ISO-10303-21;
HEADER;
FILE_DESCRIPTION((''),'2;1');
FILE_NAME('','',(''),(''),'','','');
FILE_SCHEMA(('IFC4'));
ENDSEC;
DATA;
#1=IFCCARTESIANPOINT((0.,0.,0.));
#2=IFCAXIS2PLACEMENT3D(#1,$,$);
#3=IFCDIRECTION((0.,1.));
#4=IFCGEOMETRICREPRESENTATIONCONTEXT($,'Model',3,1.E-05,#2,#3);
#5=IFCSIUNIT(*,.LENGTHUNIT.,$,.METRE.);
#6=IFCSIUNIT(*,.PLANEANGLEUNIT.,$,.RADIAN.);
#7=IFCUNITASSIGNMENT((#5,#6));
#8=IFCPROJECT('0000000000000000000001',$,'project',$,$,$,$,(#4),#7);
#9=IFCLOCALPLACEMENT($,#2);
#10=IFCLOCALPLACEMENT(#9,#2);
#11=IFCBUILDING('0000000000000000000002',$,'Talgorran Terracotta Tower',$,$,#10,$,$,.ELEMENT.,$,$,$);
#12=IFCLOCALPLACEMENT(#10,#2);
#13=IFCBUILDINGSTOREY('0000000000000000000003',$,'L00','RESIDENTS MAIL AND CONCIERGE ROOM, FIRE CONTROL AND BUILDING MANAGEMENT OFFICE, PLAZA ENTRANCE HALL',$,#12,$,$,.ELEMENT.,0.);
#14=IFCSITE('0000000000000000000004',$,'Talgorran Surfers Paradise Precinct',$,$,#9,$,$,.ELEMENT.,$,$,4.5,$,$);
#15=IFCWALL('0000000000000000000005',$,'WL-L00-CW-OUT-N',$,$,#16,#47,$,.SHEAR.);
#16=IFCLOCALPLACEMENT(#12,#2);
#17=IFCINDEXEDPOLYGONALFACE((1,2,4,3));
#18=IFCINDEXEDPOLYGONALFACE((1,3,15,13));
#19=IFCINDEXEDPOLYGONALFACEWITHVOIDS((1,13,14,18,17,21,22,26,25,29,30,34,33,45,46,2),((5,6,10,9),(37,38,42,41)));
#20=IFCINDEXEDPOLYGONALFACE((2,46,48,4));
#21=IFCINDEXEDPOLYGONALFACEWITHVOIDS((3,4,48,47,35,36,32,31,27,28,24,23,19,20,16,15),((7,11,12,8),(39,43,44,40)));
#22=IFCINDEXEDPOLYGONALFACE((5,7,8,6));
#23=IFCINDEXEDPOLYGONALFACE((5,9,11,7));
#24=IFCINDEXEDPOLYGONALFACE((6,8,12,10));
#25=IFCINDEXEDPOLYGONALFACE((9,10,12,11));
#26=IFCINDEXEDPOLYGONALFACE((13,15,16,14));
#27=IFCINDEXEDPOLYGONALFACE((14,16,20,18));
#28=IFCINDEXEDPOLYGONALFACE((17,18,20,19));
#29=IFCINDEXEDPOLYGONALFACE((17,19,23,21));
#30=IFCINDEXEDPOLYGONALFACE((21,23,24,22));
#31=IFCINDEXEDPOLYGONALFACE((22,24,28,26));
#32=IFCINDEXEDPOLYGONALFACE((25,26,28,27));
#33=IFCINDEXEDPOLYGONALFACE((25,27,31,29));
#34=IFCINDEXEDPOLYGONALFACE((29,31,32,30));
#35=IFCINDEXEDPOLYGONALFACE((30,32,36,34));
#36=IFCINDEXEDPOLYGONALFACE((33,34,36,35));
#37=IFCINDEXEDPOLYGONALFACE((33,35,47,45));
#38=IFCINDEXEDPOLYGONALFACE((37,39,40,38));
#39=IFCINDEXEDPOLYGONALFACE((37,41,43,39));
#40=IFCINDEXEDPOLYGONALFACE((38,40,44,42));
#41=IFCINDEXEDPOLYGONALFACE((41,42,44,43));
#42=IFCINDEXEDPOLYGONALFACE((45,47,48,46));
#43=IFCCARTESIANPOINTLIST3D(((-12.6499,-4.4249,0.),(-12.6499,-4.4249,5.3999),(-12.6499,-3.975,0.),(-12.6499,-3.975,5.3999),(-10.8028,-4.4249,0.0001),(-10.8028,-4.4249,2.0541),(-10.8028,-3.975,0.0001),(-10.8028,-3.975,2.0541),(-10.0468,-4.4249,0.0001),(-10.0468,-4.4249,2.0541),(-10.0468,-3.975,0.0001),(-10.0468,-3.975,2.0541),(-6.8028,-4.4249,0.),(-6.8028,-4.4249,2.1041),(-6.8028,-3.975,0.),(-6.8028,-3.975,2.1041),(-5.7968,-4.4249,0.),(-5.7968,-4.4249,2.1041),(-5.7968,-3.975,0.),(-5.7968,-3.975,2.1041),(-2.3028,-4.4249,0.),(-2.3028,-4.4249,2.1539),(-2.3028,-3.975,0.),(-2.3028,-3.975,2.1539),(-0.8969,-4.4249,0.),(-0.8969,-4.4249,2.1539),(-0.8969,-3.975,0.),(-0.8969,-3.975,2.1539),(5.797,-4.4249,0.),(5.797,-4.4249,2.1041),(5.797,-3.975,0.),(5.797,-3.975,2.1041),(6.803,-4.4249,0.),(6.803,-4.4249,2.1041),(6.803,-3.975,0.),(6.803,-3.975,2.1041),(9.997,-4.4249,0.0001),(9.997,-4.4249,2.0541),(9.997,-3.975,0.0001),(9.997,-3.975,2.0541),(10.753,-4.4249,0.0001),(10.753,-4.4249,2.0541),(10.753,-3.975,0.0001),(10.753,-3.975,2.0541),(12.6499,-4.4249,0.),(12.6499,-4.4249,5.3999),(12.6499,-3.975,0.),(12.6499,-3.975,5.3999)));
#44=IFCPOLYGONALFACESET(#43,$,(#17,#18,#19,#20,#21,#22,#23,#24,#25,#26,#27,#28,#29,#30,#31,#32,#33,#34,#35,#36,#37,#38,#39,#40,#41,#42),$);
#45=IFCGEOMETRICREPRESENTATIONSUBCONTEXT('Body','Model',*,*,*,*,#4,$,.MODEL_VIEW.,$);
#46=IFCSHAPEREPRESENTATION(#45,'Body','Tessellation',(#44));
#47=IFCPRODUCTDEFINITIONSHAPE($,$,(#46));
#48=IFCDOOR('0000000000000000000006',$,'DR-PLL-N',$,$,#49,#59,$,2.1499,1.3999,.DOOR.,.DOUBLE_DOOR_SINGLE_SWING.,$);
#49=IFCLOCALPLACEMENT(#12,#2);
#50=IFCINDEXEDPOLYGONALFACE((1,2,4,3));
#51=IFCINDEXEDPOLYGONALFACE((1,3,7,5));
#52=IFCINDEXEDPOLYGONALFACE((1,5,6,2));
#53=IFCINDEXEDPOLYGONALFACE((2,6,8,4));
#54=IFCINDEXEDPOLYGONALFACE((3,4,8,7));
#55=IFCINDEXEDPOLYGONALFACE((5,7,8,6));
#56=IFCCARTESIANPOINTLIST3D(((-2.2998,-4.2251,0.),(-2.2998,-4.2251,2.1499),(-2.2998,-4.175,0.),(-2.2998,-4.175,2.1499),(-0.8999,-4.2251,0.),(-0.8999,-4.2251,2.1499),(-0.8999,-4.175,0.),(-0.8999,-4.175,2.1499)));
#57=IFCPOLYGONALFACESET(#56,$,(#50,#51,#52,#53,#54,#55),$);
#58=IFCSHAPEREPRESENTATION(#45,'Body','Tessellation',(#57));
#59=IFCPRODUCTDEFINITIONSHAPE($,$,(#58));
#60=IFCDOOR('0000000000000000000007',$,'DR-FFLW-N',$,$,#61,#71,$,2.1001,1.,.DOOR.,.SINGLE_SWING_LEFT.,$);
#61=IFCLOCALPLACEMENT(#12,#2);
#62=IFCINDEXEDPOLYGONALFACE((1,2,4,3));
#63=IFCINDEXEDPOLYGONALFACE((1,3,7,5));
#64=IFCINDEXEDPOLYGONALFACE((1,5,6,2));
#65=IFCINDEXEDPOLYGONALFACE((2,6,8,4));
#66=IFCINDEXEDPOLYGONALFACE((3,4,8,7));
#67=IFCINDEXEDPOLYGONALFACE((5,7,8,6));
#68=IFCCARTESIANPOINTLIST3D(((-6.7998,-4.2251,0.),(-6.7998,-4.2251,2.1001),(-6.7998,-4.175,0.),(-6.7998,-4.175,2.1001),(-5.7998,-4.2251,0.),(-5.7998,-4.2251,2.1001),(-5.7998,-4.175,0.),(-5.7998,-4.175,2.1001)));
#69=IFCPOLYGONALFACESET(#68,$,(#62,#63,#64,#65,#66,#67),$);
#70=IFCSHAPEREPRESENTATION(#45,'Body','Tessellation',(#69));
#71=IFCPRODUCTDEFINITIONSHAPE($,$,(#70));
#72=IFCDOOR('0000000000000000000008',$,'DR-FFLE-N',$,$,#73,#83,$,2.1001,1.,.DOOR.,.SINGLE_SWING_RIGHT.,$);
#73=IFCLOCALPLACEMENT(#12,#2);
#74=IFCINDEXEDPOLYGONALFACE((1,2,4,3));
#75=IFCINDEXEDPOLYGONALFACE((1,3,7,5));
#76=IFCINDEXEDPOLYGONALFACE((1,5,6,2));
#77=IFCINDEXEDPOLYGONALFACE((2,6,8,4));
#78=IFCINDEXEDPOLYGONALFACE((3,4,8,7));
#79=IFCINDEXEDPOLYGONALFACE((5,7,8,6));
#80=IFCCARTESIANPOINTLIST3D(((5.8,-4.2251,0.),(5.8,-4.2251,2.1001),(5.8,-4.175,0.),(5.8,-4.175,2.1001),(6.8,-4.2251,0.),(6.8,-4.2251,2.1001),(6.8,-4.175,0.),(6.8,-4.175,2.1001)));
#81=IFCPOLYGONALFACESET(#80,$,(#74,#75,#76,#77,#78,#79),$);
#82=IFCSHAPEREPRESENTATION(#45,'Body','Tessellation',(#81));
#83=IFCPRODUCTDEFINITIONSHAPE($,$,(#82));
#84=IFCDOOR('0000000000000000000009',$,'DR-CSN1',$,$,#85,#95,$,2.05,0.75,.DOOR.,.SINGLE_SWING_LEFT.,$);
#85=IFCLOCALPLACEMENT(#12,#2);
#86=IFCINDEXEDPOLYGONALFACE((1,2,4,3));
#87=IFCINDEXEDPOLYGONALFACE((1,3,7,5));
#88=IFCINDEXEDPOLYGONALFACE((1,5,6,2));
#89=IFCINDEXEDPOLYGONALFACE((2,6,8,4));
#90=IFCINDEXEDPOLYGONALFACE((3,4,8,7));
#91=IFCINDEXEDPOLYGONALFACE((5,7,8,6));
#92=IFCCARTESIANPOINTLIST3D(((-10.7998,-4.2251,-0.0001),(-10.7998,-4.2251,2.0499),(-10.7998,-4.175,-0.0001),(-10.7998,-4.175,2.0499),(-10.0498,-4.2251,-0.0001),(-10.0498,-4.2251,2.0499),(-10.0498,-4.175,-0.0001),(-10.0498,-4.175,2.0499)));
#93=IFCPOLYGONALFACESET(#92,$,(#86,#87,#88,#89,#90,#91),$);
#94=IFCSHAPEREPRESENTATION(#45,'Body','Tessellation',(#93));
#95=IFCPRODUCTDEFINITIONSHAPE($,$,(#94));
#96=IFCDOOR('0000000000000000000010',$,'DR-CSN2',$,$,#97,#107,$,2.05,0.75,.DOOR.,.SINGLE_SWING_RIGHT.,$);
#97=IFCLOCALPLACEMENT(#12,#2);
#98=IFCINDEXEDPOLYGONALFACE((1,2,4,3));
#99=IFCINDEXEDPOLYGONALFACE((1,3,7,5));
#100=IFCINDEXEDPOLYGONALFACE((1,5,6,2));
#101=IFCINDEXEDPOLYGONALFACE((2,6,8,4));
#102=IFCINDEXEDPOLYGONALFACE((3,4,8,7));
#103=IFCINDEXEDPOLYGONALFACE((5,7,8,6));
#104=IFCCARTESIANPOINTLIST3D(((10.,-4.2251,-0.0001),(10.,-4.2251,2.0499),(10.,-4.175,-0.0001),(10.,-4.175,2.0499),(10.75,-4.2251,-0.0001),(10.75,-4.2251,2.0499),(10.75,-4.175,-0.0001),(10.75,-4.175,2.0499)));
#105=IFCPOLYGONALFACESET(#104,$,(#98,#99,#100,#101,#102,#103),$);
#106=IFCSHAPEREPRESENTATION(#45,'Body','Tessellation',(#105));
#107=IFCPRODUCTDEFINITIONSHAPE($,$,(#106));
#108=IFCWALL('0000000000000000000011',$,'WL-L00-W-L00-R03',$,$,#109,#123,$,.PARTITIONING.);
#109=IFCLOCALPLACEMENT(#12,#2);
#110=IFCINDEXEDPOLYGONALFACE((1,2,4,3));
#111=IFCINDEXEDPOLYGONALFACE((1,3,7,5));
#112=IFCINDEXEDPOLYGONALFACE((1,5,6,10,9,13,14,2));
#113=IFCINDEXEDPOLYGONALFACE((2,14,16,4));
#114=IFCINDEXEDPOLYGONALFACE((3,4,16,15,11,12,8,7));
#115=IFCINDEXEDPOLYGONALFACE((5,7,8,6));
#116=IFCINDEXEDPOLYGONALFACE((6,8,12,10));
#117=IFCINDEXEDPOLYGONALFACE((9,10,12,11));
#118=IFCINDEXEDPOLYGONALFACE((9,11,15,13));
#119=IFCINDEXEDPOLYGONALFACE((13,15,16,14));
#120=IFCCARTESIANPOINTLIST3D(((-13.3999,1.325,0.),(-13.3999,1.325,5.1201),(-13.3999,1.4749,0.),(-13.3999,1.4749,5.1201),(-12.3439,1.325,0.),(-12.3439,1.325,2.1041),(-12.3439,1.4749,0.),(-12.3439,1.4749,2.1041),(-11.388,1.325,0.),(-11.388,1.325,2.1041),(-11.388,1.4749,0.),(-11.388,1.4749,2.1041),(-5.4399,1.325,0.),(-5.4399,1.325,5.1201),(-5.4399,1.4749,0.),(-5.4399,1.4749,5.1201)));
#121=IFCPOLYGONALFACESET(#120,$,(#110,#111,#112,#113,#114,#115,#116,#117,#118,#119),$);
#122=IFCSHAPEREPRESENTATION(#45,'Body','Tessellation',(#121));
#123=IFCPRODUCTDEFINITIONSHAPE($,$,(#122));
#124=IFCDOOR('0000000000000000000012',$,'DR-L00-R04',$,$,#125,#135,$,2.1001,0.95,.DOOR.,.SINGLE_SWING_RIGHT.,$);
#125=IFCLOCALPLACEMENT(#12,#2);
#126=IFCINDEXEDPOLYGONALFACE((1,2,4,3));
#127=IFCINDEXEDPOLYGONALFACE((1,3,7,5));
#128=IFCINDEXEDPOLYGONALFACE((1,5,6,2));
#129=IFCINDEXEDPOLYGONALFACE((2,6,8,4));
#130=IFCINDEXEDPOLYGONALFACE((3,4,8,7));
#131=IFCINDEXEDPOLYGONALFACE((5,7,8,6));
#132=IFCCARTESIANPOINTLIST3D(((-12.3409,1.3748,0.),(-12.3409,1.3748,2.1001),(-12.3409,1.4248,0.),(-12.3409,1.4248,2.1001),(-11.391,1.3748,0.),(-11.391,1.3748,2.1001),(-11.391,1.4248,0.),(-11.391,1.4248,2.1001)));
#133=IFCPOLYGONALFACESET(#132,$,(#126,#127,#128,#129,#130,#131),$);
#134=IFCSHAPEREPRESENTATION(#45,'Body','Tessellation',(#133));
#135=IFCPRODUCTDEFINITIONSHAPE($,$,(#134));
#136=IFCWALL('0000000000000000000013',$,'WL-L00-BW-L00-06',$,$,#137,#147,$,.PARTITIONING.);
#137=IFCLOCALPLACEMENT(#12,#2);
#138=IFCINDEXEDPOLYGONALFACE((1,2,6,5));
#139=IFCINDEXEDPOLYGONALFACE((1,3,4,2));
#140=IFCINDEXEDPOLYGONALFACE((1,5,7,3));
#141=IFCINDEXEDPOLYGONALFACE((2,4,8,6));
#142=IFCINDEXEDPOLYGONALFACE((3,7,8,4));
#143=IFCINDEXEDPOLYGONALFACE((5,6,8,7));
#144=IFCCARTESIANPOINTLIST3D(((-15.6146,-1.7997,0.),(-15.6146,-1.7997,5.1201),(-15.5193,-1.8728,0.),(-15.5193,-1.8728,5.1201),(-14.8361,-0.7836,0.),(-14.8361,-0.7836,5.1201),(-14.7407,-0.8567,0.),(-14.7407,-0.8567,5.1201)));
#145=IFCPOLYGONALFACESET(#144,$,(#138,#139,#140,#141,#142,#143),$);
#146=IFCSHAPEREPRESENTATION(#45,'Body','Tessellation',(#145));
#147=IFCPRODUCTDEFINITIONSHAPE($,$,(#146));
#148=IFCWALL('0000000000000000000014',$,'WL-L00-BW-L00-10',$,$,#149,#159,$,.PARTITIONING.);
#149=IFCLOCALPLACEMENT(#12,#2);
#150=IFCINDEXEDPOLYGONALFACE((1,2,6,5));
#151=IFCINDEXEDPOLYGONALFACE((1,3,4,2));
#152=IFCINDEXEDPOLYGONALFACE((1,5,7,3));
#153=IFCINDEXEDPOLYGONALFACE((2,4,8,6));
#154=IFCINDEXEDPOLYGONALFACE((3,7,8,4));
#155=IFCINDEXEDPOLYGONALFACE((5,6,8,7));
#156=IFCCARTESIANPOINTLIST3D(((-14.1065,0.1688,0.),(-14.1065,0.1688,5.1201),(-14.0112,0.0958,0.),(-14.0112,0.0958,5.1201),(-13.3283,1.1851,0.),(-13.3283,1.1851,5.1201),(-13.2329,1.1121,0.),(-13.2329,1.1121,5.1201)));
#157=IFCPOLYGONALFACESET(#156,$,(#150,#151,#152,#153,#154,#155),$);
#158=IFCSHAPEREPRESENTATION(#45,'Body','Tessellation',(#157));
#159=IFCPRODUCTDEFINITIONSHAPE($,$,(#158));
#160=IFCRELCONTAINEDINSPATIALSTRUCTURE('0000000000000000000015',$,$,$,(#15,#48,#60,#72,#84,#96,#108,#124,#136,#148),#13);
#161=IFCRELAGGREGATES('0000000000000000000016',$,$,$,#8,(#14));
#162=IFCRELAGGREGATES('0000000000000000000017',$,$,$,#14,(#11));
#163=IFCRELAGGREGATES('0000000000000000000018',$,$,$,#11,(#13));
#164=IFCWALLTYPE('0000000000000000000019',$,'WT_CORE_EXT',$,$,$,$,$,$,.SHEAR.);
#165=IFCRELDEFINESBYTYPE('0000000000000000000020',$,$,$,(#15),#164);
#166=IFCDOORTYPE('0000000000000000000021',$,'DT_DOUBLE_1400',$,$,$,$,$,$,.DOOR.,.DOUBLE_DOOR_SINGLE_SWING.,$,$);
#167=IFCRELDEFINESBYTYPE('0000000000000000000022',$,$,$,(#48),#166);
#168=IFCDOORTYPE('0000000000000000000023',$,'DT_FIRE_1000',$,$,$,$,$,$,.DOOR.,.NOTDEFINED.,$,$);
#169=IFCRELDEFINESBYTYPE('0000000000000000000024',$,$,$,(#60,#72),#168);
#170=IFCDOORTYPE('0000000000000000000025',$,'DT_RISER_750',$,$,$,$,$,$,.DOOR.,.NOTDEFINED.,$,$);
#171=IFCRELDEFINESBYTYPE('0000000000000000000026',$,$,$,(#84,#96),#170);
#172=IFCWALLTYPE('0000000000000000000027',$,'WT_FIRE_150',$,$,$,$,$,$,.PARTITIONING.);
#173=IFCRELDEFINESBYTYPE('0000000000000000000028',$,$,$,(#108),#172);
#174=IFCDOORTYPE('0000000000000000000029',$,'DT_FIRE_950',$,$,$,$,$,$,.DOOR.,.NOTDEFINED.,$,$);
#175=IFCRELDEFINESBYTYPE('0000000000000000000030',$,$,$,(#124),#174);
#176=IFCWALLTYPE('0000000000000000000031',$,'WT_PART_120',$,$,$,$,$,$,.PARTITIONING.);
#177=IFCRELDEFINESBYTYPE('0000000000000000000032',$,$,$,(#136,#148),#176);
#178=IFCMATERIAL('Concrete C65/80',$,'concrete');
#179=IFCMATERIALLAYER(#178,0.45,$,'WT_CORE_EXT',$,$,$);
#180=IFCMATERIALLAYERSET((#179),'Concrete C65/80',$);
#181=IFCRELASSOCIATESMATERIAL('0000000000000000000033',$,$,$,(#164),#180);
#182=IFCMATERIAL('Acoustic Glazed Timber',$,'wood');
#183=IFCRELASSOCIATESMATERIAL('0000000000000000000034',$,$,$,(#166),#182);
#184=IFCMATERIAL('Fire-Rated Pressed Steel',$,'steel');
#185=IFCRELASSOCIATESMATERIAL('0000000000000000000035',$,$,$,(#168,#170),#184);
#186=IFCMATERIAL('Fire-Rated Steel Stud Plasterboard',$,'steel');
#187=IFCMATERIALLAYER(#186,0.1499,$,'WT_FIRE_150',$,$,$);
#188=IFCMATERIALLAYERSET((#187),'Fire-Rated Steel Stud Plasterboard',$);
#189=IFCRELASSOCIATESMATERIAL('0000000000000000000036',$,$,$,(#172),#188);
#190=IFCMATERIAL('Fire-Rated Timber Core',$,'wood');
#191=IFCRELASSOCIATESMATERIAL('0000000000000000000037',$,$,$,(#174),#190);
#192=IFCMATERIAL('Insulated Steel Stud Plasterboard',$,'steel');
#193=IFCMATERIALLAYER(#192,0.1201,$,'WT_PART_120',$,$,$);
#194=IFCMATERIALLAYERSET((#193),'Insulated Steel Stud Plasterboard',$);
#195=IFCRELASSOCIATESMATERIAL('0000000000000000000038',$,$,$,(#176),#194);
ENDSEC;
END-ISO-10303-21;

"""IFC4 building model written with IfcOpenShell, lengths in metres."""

from ifc_helpers import new_model, si_unit, direction, frame, frame_2d, origin, place, context, subcontext, project, spatial, rectangle, extrude, material, layer, layer_set, type_object, element, fill, save


model = new_model("IFC4")

# Units and contexts
model_context = context("Model", 3, precision=1e-05, world=origin(), true_north=direction((0.0, 1.0)))
body_context = subcontext(model_context, "Body", "Model", "MODEL_VIEW")
ifc_project = project(units=[si_unit("LENGTHUNIT", "METRE"), si_unit("PLANEANGLEUNIT", "RADIAN")], contexts=[model_context])

# Site, building, storey
site_placement = place(None, origin())
site = spatial("IfcSite", under=ifc_project, at=site_placement, Name="Talgorran Surfers Paradise Precinct", CompositionType="ELEMENT", RefElevation=4.5)
building_placement = place(site_placement, origin())
building = spatial("IfcBuilding", under=site, at=building_placement, Name="Talgorran Terracotta Tower", CompositionType="ELEMENT")
storey_placement = place(building_placement, origin())
storey = spatial("IfcBuildingStorey", under=building, at=storey_placement, Name="L00", Description="RESIDENTS MAIL AND CONCIERGE ROOM, FIRE CONTROL AND BUILDING MANAGEMENT OFFICE, PLAZA ENTRANCE HALL", CompositionType="ELEMENT", Elevation=0.0)

# Wall, openings, doors
ifc_material_1 = material(Name="Concrete C65/80", Category="concrete")
ifc_layer_1 = layer(ifc_material_1, 0.45, Name="WT_CORE_EXT")
ifc_layer_set_1 = layer_set([ifc_layer_1], Name="Concrete C65/80")
wall_type_1 = type_object("IfcWallType", Name="WT_CORE_EXT", PredefinedType="SHEAR", material=ifc_layer_set_1)
wall_1_placement = place(storey_placement, frame((-12.6499, -4.2, 0.0), z_axis=(0.0, 0.0, 1.0), x_axis=(1.0, 0.0, 0.0)))
wall_1 = element("IfcWall", 1, at=wall_1_placement, inside=storey, type_object=wall_type_1, Name="WL-L00-CW-OUT-N", PredefinedType="SHEAR", context=body_context, shape_type="SweptSolid", body=[
    extrude(rectangle(XDim=25.2998, YDim=0.45, at=frame_2d((12.6499, 0.0))), origin(), (0.0, 0.0, 1.0), 5.3999),
])
opening_1_placement = place(wall_1_placement, frame((1.8501, 0.0, 0.0)))
opening_1 = element("IfcOpeningElement", 2, at=opening_1_placement, cuts=wall_1, PredefinedType="OPENING", context=body_context, shape_type="SweptSolid", body=[
    extrude(rectangle(XDim=0.756, YDim=2.054, at=frame_2d((0.375, 1.0271))), frame((0.0, 0.2349, 0.0), z_axis=(0.0, -1.0, 0.0), x_axis=(1.0, 0.0, 0.0)), (0.0, 0.0, 1.0), 0.47),
])
opening_2_placement = place(wall_1_placement, frame((22.6499, 0.0, 0.0)))
opening_2 = element("IfcOpeningElement", 3, at=opening_2_placement, cuts=wall_1, PredefinedType="OPENING", context=body_context, shape_type="SweptSolid", body=[
    extrude(rectangle(XDim=0.756, YDim=2.054, at=frame_2d((0.375, 1.0271))), frame((0.0, 0.2349, 0.0), z_axis=(0.0, -1.0, 0.0), x_axis=(1.0, 0.0, 0.0)), (0.0, 0.0, 1.0), 0.47),
])
opening_3_placement = place(wall_1_placement, frame((5.8501, 0.0, 0.0)))
opening_3 = element("IfcOpeningElement", 4, at=opening_3_placement, cuts=wall_1, PredefinedType="OPENING", context=body_context, shape_type="SweptSolid", body=[
    extrude(rectangle(XDim=1.006, YDim=2.1041, at=frame_2d((0.5, 1.052))), frame((0.0, 0.2349, 0.0), z_axis=(0.0, -1.0, 0.0), x_axis=(1.0, 0.0, 0.0)), (0.0, 0.0, 1.0), 0.47),
])
opening_4_placement = place(wall_1_placement, frame((10.3501, 0.0, 0.0)))
opening_4 = element("IfcOpeningElement", 5, at=opening_4_placement, cuts=wall_1, PredefinedType="OPENING", context=body_context, shape_type="SweptSolid", body=[
    extrude(rectangle(XDim=1.4059, YDim=2.1539, at=frame_2d((0.7, 1.0769))), frame((0.0, 0.2349, 0.0), z_axis=(0.0, -1.0, 0.0), x_axis=(1.0, 0.0, 0.0)), (0.0, 0.0, 1.0), 0.47),
])
opening_5_placement = place(wall_1_placement, frame((18.45, 0.0, 0.0)))
opening_5 = element("IfcOpeningElement", 6, at=opening_5_placement, cuts=wall_1, PredefinedType="OPENING", context=body_context, shape_type="SweptSolid", body=[
    extrude(rectangle(XDim=1.006, YDim=2.1041, at=frame_2d((0.5, 1.052))), frame((0.0, 0.2349, 0.0), z_axis=(0.0, -1.0, 0.0), x_axis=(1.0, 0.0, 0.0)), (0.0, 0.0, 1.0), 0.47),
])
ifc_material_2 = material(Name="Acoustic Glazed Timber", Category="wood")
door_type_1 = type_object("IfcDoorType", Name="DT_DOUBLE_1400", OperationType="DOUBLE_DOOR_SINGLE_SWING", PredefinedType="DOOR", material=ifc_material_2)
door_1_placement = place(opening_4_placement, origin())
door_1 = element("IfcDoor", 7, at=door_1_placement, inside=storey, type_object=door_type_1, Name="DR-PLL-N", OperationType="DOUBLE_DOOR_SINGLE_SWING", OverallHeight=2.1499, OverallWidth=1.3999, PredefinedType="DOOR", context=body_context, shape_type="SweptSolid", body=[
    extrude(rectangle(XDim=1.3999, YDim=2.1499, at=frame_2d((0.7, 1.075))), frame((0.0, 0.0249, 0.0), z_axis=(0.0, -1.0, 0.0), x_axis=(1.0, 0.0, 0.0)), (0.0, 0.0, 1.0), 0.05),
])
fill(opening_4, door_1)
ifc_material_3 = material(Name="Fire-Rated Pressed Steel", Category="steel")
door_type_2 = type_object("IfcDoorType", Name="DT_FIRE_1000", OperationType="NOTDEFINED", PredefinedType="DOOR", material=ifc_material_3)
door_2_placement = place(opening_3_placement, origin())
door_2 = element("IfcDoor", 8, at=door_2_placement, inside=storey, type_object=door_type_2, Name="DR-FFLW-N", OperationType="SINGLE_SWING_LEFT", OverallHeight=2.1001, OverallWidth=1.0, PredefinedType="DOOR", context=body_context, shape_type="SweptSolid", body=[
    extrude(rectangle(XDim=1.0, YDim=2.1001, at=frame_2d((0.5, 1.05))), frame((0.0, 0.0249, 0.0), z_axis=(0.0, -1.0, 0.0), x_axis=(1.0, 0.0, 0.0)), (0.0, 0.0, 1.0), 0.05),
])
fill(opening_3, door_2)
door_3_placement = place(opening_5_placement, origin())
door_3 = element("IfcDoor", 9, at=door_3_placement, inside=storey, type_object=door_type_2, Name="DR-FFLE-N", OperationType="SINGLE_SWING_RIGHT", OverallHeight=2.1001, OverallWidth=1.0, PredefinedType="DOOR", context=body_context, shape_type="SweptSolid", body=[
    extrude(rectangle(XDim=1.0, YDim=2.1001, at=frame_2d((0.5, 1.05))), frame((0.0, 0.0249, 0.0), z_axis=(0.0, -1.0, 0.0), x_axis=(1.0, 0.0, 0.0)), (0.0, 0.0, 1.0), 0.05),
])
fill(opening_5, door_3)
door_type_3 = type_object("IfcDoorType", Name="DT_RISER_750", OperationType="NOTDEFINED", PredefinedType="DOOR", material=ifc_material_3)
door_4_placement = place(opening_1_placement, origin())
door_4 = element("IfcDoor", 10, at=door_4_placement, inside=storey, type_object=door_type_3, Name="DR-CSN1", OperationType="SINGLE_SWING_LEFT", OverallHeight=2.05, OverallWidth=0.75, PredefinedType="DOOR", context=body_context, shape_type="SweptSolid", body=[
    extrude(rectangle(XDim=0.75, YDim=2.05, at=frame_2d((0.375, 1.0249))), frame((0.0, 0.0249, 0.0), z_axis=(0.0, -1.0, 0.0), x_axis=(1.0, 0.0, 0.0)), (0.0, 0.0, 1.0), 0.05),
])
fill(opening_1, door_4)
door_5_placement = place(opening_2_placement, origin())
door_5 = element("IfcDoor", 11, at=door_5_placement, inside=storey, type_object=door_type_3, Name="DR-CSN2", OperationType="SINGLE_SWING_RIGHT", OverallHeight=2.05, OverallWidth=0.75, PredefinedType="DOOR", context=body_context, shape_type="SweptSolid", body=[
    extrude(rectangle(XDim=0.75, YDim=2.05, at=frame_2d((0.375, 1.0249))), frame((0.0, 0.0249, 0.0), z_axis=(0.0, -1.0, 0.0), x_axis=(1.0, 0.0, 0.0)), (0.0, 0.0, 1.0), 0.05),
])
fill(opening_2, door_5)

# Wall, opening, door
ifc_material_4 = material(Name="Fire-Rated Steel Stud Plasterboard", Category="steel")
ifc_layer_2 = layer(ifc_material_4, 0.1499, Name="WT_FIRE_150")
ifc_layer_set_2 = layer_set([ifc_layer_2], Name="Fire-Rated Steel Stud Plasterboard")
wall_type_2 = type_object("IfcWallType", Name="WT_FIRE_150", PredefinedType="PARTITIONING", material=ifc_layer_set_2)
wall_2_placement = place(storey_placement, frame((-13.3999, 1.3999, 0.0), z_axis=(0.0, 0.0, 1.0), x_axis=(1.0, 0.0, 0.0)))
wall_2 = element("IfcWall", 12, at=wall_2_placement, inside=storey, type_object=wall_type_2, Name="WL-L00-W-L00-R03", PredefinedType="PARTITIONING", context=body_context, shape_type="SweptSolid", body=[
    extrude(rectangle(XDim=7.96, YDim=0.1499, at=frame_2d((3.98, 0.0))), origin(), (0.0, 0.0, 1.0), 5.1201),
])
opening_6_placement = place(wall_2_placement, frame((1.0588, 0.0, 0.0)))
opening_6 = element("IfcOpeningElement", 13, at=opening_6_placement, cuts=wall_2, PredefinedType="OPENING", context=body_context, shape_type="SweptSolid", body=[
    extrude(rectangle(XDim=0.956, YDim=2.1041, at=frame_2d((0.4751, 1.052))), frame((0.0, 0.085, 0.0), z_axis=(0.0, -1.0, 0.0), x_axis=(1.0, 0.0, 0.0)), (0.0, 0.0, 1.0), 0.1699),
])
ifc_material_5 = material(Name="Fire-Rated Timber Core", Category="wood")
door_type_4 = type_object("IfcDoorType", Name="DT_FIRE_950", OperationType="NOTDEFINED", PredefinedType="DOOR", material=ifc_material_5)
door_6_placement = place(opening_6_placement, origin())
door_6 = element("IfcDoor", 14, at=door_6_placement, inside=storey, type_object=door_type_4, Name="DR-L00-R04", OperationType="SINGLE_SWING_RIGHT", OverallHeight=2.1001, OverallWidth=0.95, PredefinedType="DOOR", context=body_context, shape_type="SweptSolid", body=[
    extrude(rectangle(XDim=0.95, YDim=2.1001, at=frame_2d((0.4751, 1.05))), frame((0.0, 0.0249, 0.0), z_axis=(0.0, -1.0, 0.0), x_axis=(1.0, 0.0, 0.0)), (0.0, 0.0, 1.0), 0.05),
])
fill(opening_6, door_6)

# Walls
ifc_material_6 = material(Name="Insulated Steel Stud Plasterboard", Category="steel")
ifc_layer_3 = layer(ifc_material_6, 0.1201, Name="WT_PART_120")
ifc_layer_set_3 = layer_set([ifc_layer_3], Name="Insulated Steel Stud Plasterboard")
wall_type_3 = type_object("IfcWallType", Name="WT_PART_120", PredefinedType="PARTITIONING", material=ifc_layer_set_3)
for number, where, z_axis, x_axis, name in (
    (15, (-14.7883, -0.8201, 0.0), (0.0, 0.0, 1.0), (-0.608207, -0.793778, 0.0), "WL-L00-BW-L00-06"),
    (16, (-13.2805, 1.1487, 0.0), (0.0, 0.0, 1.0), (-0.607995, -0.793941, 0.0), "WL-L00-BW-L00-10"),
):
    element("IfcWall", number, at=place(storey_placement, frame(where, z_axis=z_axis, x_axis=x_axis)), inside=storey, type_object=wall_type_3, Name=name, PredefinedType="PARTITIONING", context=body_context, shape_type="SweptSolid", body=[
        extrude(rectangle(XDim=1.28, YDim=0.1201, at=frame_2d((0.6401, 0.0))), origin(), (0.0, 0.0, 1.0), 5.1201),
    ])

save(model, "model.ifc")
